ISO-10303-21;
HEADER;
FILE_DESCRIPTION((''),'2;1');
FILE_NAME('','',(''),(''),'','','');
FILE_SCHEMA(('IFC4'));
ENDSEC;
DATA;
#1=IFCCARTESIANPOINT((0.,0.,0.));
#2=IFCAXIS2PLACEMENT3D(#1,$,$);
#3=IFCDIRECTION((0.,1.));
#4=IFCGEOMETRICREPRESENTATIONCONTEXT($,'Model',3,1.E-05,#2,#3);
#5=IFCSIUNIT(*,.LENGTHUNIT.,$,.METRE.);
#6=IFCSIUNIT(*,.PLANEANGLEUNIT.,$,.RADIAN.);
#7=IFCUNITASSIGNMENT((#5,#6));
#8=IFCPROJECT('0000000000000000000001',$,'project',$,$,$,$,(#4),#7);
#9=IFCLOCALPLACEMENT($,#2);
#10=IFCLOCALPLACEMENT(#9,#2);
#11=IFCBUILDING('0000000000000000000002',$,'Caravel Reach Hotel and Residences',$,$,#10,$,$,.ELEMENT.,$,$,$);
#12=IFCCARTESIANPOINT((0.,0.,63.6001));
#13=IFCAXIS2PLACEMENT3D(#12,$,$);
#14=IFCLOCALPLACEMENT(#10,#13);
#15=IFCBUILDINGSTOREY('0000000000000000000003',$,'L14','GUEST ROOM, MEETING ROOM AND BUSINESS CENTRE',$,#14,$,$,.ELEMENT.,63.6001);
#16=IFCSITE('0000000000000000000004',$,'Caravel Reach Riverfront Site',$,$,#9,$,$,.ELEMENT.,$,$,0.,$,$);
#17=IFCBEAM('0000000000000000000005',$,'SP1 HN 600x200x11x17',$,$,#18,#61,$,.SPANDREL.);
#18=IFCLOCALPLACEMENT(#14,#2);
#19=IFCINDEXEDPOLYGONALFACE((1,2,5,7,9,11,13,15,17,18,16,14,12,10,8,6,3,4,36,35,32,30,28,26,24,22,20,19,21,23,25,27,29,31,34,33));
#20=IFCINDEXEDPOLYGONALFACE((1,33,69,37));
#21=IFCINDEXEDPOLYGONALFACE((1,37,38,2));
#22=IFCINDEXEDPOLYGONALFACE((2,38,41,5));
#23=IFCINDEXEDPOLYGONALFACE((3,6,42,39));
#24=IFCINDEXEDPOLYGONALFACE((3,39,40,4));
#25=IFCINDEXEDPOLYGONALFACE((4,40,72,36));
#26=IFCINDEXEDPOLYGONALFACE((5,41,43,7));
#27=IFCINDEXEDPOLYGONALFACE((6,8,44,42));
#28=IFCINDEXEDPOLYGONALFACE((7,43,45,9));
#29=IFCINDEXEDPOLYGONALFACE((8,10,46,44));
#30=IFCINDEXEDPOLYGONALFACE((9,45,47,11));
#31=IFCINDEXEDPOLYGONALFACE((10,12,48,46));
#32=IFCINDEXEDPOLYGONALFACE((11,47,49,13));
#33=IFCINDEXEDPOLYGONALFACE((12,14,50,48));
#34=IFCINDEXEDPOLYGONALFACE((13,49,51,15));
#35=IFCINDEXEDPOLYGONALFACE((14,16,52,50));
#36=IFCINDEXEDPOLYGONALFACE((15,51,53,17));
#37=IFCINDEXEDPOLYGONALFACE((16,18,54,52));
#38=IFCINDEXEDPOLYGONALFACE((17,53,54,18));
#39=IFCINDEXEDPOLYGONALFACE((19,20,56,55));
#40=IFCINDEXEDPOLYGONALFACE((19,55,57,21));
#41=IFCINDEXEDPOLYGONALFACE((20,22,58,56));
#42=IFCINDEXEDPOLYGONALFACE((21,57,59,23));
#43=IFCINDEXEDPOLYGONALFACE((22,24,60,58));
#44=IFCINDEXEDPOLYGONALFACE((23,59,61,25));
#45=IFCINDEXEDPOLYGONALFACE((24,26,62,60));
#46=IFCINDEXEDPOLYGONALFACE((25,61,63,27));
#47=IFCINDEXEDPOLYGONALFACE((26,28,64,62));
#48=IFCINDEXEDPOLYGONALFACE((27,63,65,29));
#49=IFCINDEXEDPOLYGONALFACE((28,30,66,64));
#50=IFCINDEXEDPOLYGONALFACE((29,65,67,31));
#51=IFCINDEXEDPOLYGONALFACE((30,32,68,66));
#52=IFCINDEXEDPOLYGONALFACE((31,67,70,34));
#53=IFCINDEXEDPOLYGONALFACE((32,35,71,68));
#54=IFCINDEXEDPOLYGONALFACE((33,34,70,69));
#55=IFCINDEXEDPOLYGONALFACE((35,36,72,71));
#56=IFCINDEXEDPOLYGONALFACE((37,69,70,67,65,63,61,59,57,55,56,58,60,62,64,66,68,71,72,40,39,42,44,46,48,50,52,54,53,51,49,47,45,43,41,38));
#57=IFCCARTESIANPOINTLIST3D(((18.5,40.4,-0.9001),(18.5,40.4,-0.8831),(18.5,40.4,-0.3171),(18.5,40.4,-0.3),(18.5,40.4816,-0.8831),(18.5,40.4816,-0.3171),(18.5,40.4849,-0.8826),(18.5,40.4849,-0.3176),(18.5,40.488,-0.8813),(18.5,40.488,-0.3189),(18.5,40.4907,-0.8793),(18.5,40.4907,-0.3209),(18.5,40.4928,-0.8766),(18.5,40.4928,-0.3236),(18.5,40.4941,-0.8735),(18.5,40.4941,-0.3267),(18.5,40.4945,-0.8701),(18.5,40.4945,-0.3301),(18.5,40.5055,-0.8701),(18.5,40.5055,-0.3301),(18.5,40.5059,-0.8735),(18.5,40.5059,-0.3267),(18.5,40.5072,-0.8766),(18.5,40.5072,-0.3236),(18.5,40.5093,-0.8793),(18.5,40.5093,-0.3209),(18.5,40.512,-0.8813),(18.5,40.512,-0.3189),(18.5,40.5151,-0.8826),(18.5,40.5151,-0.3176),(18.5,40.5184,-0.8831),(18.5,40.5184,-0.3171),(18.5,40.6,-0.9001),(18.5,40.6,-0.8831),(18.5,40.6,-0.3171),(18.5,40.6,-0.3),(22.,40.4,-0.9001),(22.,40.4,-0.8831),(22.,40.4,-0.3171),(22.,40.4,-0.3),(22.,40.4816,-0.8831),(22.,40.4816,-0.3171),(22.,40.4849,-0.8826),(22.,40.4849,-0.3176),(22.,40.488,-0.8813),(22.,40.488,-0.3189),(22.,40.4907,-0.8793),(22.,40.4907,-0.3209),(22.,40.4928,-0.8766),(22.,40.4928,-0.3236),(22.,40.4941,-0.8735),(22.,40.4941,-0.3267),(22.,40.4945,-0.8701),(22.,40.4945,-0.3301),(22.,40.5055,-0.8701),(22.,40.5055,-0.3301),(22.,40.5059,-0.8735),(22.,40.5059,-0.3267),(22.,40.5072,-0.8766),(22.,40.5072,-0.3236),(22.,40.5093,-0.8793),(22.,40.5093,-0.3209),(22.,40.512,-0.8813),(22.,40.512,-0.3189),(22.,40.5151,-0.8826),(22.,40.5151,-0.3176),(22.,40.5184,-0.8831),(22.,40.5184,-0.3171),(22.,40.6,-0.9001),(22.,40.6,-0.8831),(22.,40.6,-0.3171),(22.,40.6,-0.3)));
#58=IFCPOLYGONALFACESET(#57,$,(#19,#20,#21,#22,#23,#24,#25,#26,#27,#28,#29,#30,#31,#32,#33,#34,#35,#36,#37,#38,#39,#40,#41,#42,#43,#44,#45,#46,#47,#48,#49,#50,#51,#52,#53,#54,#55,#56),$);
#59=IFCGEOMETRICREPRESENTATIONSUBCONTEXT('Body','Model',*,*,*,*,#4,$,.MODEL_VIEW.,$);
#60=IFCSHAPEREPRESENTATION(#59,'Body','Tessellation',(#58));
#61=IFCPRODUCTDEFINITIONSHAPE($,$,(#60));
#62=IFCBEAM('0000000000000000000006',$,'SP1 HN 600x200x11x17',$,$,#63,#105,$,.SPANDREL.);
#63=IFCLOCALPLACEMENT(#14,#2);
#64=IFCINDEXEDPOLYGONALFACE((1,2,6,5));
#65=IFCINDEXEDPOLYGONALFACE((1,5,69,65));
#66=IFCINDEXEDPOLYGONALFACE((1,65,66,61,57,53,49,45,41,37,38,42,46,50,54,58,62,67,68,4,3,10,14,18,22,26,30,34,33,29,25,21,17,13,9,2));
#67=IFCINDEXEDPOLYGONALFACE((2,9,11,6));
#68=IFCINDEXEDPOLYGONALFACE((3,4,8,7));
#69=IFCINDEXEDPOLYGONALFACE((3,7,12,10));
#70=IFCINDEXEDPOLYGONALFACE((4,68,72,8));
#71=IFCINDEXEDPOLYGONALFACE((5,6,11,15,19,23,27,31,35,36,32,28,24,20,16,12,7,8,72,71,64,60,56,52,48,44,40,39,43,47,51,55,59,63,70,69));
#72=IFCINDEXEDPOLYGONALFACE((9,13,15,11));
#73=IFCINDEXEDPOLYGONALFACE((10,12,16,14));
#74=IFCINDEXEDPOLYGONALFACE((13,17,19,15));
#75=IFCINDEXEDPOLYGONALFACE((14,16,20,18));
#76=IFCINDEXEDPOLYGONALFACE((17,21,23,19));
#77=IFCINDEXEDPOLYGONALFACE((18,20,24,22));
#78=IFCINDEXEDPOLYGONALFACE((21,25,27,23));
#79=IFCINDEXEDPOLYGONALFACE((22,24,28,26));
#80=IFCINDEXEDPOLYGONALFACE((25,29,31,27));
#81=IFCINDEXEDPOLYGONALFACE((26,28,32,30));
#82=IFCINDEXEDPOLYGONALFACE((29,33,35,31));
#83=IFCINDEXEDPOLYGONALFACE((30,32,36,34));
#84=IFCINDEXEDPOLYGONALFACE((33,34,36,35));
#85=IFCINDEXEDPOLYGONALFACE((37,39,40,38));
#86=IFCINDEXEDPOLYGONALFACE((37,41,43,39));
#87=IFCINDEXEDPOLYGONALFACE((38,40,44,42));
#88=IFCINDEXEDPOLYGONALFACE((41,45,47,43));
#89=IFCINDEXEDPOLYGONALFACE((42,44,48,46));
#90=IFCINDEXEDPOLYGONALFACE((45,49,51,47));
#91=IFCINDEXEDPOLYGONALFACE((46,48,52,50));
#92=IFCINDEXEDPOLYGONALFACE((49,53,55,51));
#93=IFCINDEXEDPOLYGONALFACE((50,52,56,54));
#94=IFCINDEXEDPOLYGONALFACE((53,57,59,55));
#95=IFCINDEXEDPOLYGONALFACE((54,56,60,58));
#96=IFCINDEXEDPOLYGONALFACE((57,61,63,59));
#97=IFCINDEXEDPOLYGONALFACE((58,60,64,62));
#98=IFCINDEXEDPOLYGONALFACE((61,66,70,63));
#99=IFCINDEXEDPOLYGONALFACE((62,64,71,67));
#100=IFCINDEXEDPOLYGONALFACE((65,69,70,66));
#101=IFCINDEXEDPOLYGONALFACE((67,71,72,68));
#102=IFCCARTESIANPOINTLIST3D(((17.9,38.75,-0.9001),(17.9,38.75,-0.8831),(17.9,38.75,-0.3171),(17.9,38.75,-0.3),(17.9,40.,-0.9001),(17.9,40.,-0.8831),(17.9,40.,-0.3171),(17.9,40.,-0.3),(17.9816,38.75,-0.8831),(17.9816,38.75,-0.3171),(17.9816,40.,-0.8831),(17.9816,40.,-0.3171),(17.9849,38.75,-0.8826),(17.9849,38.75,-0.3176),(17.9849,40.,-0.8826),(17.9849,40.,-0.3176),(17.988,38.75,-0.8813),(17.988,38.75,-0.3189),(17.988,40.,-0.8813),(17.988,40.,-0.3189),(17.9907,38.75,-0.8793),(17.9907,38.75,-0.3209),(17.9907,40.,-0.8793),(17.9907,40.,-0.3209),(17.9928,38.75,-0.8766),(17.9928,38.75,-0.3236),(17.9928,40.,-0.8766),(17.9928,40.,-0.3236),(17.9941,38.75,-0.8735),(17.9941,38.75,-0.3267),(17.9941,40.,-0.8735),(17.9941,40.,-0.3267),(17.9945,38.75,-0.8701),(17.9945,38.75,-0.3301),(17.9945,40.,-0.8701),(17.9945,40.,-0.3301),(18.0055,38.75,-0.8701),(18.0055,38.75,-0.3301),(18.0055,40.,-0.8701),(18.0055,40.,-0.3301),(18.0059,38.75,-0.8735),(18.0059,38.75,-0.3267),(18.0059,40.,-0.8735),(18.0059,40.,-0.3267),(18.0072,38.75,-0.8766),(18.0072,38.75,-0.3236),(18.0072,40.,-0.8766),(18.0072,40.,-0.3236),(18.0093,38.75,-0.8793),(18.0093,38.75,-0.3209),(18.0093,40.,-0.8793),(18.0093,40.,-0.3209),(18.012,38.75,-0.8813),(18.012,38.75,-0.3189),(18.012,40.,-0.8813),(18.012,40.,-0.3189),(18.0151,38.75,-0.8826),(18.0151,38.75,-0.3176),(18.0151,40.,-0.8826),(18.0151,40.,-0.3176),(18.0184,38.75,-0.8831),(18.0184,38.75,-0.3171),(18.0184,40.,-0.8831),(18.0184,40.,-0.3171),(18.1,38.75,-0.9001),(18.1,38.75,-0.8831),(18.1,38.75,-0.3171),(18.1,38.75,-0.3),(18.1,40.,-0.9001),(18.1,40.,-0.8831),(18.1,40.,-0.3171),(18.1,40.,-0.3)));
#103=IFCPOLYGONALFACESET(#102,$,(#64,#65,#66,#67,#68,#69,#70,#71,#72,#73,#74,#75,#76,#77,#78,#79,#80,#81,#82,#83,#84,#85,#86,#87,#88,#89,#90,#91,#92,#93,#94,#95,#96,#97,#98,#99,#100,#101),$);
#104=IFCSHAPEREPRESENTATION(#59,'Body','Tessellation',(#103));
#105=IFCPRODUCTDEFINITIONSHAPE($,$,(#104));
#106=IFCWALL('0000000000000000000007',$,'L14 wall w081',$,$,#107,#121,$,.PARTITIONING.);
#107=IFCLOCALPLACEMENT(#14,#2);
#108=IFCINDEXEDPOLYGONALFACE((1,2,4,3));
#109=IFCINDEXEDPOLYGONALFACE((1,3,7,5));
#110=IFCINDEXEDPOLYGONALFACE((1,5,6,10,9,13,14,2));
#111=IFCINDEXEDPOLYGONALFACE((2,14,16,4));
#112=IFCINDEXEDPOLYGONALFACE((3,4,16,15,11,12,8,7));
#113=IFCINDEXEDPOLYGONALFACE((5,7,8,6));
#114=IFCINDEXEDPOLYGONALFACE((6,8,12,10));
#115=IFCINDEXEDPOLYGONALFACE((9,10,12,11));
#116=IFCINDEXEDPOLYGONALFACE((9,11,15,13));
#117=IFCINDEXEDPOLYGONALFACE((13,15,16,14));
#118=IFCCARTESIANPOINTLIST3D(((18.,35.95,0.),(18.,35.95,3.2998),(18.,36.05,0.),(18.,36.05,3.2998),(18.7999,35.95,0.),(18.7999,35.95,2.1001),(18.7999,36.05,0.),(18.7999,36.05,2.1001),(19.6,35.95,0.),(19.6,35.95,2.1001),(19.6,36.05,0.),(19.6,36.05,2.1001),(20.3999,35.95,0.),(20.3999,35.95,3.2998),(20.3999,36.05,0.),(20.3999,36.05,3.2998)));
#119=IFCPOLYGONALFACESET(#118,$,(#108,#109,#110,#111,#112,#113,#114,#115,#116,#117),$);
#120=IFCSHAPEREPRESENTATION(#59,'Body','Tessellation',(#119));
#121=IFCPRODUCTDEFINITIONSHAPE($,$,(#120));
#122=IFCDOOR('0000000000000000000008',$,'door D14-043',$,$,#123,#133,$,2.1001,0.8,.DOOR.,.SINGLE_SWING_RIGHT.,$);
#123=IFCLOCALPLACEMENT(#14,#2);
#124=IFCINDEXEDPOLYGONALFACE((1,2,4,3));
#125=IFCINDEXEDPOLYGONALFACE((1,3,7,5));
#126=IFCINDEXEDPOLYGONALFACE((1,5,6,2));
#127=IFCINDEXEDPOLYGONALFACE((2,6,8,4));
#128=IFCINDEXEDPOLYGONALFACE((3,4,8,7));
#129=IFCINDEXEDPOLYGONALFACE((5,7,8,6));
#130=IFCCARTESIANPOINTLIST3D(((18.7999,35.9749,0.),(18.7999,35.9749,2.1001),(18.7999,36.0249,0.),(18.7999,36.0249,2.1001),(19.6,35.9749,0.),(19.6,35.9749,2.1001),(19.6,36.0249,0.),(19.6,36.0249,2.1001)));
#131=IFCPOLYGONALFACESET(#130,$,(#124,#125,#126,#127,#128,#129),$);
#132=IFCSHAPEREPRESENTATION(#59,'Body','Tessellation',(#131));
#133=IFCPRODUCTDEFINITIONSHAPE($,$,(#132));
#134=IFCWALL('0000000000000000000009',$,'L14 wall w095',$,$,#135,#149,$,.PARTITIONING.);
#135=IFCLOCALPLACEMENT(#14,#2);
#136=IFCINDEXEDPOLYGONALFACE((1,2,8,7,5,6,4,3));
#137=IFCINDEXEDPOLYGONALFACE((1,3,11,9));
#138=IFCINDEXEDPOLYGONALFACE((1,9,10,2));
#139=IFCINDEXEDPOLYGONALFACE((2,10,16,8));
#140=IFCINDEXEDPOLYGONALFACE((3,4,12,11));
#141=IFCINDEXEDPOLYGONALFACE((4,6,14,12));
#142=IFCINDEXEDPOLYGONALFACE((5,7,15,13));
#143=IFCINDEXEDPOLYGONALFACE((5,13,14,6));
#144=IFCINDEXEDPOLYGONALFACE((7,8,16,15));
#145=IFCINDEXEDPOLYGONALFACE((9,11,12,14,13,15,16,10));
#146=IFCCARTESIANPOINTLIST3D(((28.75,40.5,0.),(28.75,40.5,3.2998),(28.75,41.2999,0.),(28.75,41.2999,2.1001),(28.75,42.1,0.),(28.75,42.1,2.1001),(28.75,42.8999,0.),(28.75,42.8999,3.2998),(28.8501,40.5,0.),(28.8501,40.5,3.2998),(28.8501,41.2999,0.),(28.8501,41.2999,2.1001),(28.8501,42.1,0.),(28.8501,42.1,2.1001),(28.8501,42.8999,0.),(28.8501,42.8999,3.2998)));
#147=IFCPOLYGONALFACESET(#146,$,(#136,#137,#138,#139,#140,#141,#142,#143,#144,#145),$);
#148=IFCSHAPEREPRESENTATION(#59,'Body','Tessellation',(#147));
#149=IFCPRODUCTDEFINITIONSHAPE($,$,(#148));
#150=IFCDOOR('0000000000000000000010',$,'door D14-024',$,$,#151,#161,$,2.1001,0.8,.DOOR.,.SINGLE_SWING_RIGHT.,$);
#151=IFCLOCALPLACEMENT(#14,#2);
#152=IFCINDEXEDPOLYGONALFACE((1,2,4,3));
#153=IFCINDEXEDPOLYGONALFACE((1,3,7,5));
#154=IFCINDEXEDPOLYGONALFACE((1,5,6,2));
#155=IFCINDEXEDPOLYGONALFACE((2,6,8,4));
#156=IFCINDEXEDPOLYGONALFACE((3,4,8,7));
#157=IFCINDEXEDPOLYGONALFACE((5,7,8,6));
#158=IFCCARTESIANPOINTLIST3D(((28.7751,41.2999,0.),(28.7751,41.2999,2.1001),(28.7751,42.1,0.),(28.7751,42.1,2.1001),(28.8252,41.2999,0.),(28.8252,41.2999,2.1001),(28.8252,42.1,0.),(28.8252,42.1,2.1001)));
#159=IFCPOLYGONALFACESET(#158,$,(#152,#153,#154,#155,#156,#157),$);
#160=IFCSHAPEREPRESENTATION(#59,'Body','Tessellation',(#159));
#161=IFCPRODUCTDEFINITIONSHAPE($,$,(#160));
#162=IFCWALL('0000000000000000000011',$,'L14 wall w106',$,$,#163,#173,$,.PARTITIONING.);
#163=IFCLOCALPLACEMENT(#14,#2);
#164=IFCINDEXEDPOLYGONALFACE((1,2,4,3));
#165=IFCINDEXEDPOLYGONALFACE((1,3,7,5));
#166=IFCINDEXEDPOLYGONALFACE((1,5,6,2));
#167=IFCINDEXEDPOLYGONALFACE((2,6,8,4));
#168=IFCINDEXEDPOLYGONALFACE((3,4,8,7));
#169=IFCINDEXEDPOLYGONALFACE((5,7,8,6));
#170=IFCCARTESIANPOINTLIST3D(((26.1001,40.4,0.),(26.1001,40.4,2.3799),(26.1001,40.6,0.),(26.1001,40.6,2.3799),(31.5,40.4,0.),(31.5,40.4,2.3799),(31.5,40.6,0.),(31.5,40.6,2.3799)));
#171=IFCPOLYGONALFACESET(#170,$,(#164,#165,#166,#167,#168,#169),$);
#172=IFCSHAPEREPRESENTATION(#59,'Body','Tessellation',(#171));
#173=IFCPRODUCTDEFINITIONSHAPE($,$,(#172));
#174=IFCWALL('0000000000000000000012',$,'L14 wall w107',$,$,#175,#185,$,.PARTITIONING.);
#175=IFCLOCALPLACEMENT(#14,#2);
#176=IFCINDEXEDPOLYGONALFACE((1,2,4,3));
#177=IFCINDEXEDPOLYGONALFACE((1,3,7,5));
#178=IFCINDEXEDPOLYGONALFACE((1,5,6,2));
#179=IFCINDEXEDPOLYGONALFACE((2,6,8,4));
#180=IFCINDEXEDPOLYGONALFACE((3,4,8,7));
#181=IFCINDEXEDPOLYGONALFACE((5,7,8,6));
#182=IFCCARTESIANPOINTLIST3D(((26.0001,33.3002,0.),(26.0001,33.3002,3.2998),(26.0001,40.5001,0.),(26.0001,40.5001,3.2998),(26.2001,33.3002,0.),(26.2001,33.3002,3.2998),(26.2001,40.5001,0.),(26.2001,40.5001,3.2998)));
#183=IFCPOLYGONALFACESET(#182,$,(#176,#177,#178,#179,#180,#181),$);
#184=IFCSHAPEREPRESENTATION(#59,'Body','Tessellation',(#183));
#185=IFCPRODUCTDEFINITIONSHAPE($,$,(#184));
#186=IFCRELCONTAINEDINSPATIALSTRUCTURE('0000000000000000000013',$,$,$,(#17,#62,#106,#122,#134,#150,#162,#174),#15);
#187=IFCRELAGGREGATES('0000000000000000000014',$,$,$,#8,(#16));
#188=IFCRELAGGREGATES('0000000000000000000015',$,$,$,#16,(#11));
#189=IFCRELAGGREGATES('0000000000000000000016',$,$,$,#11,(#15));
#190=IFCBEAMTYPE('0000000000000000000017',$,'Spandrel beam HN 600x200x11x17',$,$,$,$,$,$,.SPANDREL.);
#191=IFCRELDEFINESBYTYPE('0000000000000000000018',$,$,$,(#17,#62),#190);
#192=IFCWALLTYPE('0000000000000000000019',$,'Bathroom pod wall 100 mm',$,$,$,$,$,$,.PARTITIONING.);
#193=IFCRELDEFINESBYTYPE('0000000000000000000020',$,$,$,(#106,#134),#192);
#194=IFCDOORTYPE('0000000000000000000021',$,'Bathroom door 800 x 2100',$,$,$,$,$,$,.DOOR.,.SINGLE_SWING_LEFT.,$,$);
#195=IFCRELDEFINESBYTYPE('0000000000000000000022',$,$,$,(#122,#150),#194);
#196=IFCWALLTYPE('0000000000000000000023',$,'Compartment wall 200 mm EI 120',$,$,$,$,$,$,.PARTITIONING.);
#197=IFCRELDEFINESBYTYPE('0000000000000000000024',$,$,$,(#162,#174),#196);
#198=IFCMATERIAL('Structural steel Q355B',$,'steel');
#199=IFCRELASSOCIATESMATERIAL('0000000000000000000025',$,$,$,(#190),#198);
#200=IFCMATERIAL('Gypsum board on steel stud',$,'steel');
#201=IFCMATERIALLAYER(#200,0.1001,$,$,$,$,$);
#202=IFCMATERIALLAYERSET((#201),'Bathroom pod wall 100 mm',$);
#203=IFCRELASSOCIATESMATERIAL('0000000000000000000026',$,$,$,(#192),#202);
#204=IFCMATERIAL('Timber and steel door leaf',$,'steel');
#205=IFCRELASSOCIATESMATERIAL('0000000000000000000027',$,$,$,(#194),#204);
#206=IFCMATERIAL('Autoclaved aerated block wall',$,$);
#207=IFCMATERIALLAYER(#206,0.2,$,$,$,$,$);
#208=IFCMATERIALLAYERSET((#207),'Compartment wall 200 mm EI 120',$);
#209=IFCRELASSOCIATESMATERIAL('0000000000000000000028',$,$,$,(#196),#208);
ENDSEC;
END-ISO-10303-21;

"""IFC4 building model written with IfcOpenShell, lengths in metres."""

from ifc_helpers import new_model, si_unit, direction, frame, frame_2d, origin, origin_2d, place, context, subcontext, project, spatial, rectangle, i_section, extrude, material, layer, layer_set, material_profile, profile_set, type_object, element, fill, save


model = new_model("IFC4")

# Units and contexts
model_context = context("Model", 3, precision=1e-05, world=origin(), true_north=direction((0.0, 1.0)))
body_context = subcontext(model_context, "Body", "Model", "MODEL_VIEW")
ifc_project = project(units=[si_unit("LENGTHUNIT", "METRE"), si_unit("PLANEANGLEUNIT", "RADIAN")], contexts=[model_context])

# Site, building, storey
site_placement = place(None, origin())
site = spatial("IfcSite", under=ifc_project, at=site_placement, Name="Caravel Reach Riverfront Site", CompositionType="ELEMENT", RefElevation=0.0)
building_placement = place(site_placement, origin())
building = spatial("IfcBuilding", under=site, at=building_placement, Name="Caravel Reach Hotel and Residences", CompositionType="ELEMENT")
storey_placement = place(building_placement, frame((0.0, 0.0, 63.6001)))
storey = spatial("IfcBuildingStorey", under=building, at=storey_placement, Name="L14", Description="GUEST ROOM, MEETING ROOM AND BUSINESS CENTRE", CompositionType="ELEMENT", Elevation=63.6001)

# Beams
ifc_material_1 = material(Name="Structural steel Q355B", Category="steel")
ifc_material_profile_1 = material_profile(ifc_material_1, i_section(OverallWidth=0.2, OverallDepth=0.6001, WebThickness=0.011, FlangeThickness=0.0171, FilletRadius=0.0129, at=origin_2d()), Name="HN 600x200x11x17")
ifc_profile_set_1 = profile_set([ifc_material_profile_1], Name="Structural steel Q355B")
beam_type_1 = type_object("IfcBeamType", Name="Spandrel beam HN 600x200x11x17", PredefinedType="SPANDREL", material=ifc_profile_set_1)
beam_1_placement = place(storey_placement, frame((22.0, 40.5, -0.6001), z_axis=(-1.0, 0.0, 0.0), x_axis=(0.0, -1.0, 0.0)))
element("IfcBeam", 1, at=beam_1_placement, inside=storey, type_object=beam_type_1, Name="SP1 HN 600x200x11x17", PredefinedType="SPANDREL", context=body_context, shape_type="SweptSolid", body=[
    extrude(i_section(OverallWidth=0.2, OverallDepth=0.6001, WebThickness=0.011, FlangeThickness=0.0171, FilletRadius=0.0129, at=origin_2d()), origin(), (0.0, 0.0, 1.0), 3.5),
])
beam_2_placement = place(storey_placement, frame((18.0, 40.0, -0.6001), z_axis=(0.0, -1.0, 0.0), x_axis=(1.0, 0.0, 0.0)))
element("IfcBeam", 2, at=beam_2_placement, inside=storey, type_object=beam_type_1, Name="SP1 HN 600x200x11x17", PredefinedType="SPANDREL", context=body_context, shape_type="SweptSolid", body=[
    extrude(i_section(OverallWidth=0.2, OverallDepth=0.6001, WebThickness=0.011, FlangeThickness=0.0171, FilletRadius=0.0129, at=origin_2d()), origin(), (0.0, 0.0, 1.0), 1.25),
])

# Walls, openings, doors
ifc_material_2 = material(Name="Gypsum board on steel stud", Category="steel")
ifc_layer_1 = layer(ifc_material_2, 0.1001)
ifc_layer_set_1 = layer_set([ifc_layer_1], Name="Bathroom pod wall 100 mm")
wall_type_1 = type_object("IfcWallType", Name="Bathroom pod wall 100 mm", PredefinedType="PARTITIONING", material=ifc_layer_set_1)
wall_1_placement = place(storey_placement, frame((18.0, 36.0, 0.0), z_axis=(0.0, 0.0, 1.0), x_axis=(1.0, 0.0, 0.0)))
wall_1 = element("IfcWall", 3, at=wall_1_placement, inside=storey, type_object=wall_type_1, Name="L14 wall w081", PredefinedType="PARTITIONING", context=body_context, shape_type="SweptSolid", body=[
    extrude(rectangle(XDim=2.3999, YDim=0.1001, at=frame_2d((1.2, 0.0))), origin(), (0.0, 0.0, 1.0), 3.2998),
])
opening_1_placement = place(wall_1_placement, frame((0.8, 0.0, 0.0)))
opening_1 = element("IfcOpeningElement", 4, at=opening_1_placement, cuts=wall_1, PredefinedType="OPENING", context=body_context, shape_type="SweptSolid", body=[
    extrude(rectangle(XDim=0.8, YDim=2.1001, at=frame_2d((0.3999, 1.05))), frame((0.0, 0.0601, 0.0), z_axis=(0.0, -1.0, 0.0), x_axis=(1.0, 0.0, 0.0)), (0.0, 0.0, 1.0), 0.1201),
])
ifc_material_3 = material(Name="Timber and steel door leaf", Category="steel")
door_type = type_object("IfcDoorType", Name="Bathroom door 800 x 2100", OperationType="SINGLE_SWING_LEFT", PredefinedType="DOOR", material=ifc_material_3)
door_1_placement = place(opening_1_placement, origin())
door_1 = element("IfcDoor", 5, at=door_1_placement, inside=storey, type_object=door_type, Name="door D14-043", OperationType="SINGLE_SWING_RIGHT", OverallHeight=2.1001, OverallWidth=0.8, PredefinedType="DOOR", context=body_context, shape_type="SweptSolid", body=[
    extrude(rectangle(XDim=0.8, YDim=2.1001, at=frame_2d((0.3999, 1.05))), frame((0.0, 0.0249, 0.0), z_axis=(0.0, -1.0, 0.0), x_axis=(1.0, 0.0, 0.0)), (0.0, 0.0, 1.0), 0.05),
])
fill(opening_1, door_1)
wall_2_placement = place(storey_placement, frame((28.8, 40.5, 0.0), z_axis=(0.0, 0.0, 1.0), x_axis=(0.0, 1.0, 0.0)))
wall_2 = element("IfcWall", 6, at=wall_2_placement, inside=storey, type_object=wall_type_1, Name="L14 wall w095", PredefinedType="PARTITIONING", context=body_context, shape_type="SweptSolid", body=[
    extrude(rectangle(XDim=2.3999, YDim=0.1001, at=frame_2d((1.2, 0.0))), origin(), (0.0, 0.0, 1.0), 3.2998),
])
opening_2_placement = place(wall_2_placement, frame((0.8, 0.0, 0.0)))
opening_2 = element("IfcOpeningElement", 7, at=opening_2_placement, cuts=wall_2, PredefinedType="OPENING", context=body_context, shape_type="SweptSolid", body=[
    extrude(rectangle(XDim=0.8, YDim=2.1001, at=frame_2d((0.3999, 1.05))), frame((0.0, 0.0601, 0.0), z_axis=(0.0, -1.0, 0.0), x_axis=(1.0, 0.0, 0.0)), (0.0, 0.0, 1.0), 0.1201),
])
door_2_placement = place(opening_2_placement, origin())
door_2 = element("IfcDoor", 8, at=door_2_placement, inside=storey, type_object=door_type, Name="door D14-024", OperationType="SINGLE_SWING_RIGHT", OverallHeight=2.1001, OverallWidth=0.8, PredefinedType="DOOR", context=body_context, shape_type="SweptSolid", body=[
    extrude(rectangle(XDim=0.8, YDim=2.1001, at=frame_2d((0.3999, 1.05))), frame((0.0, 0.0249, 0.0), z_axis=(0.0, -1.0, 0.0), x_axis=(1.0, 0.0, 0.0)), (0.0, 0.0, 1.0), 0.05),
])
fill(opening_2, door_2)

# Walls
ifc_material_4 = material(Name="Autoclaved aerated block wall")
ifc_layer_2 = layer(ifc_material_4, 0.2)
ifc_layer_set_2 = layer_set([ifc_layer_2], Name="Compartment wall 200 mm EI 120")
wall_type_2 = type_object("IfcWallType", Name="Compartment wall 200 mm EI 120", PredefinedType="PARTITIONING", material=ifc_layer_set_2)
wall_3_placement = place(storey_placement, frame((26.1001, 40.5, 0.0), z_axis=(0.0, 0.0, 1.0), x_axis=(1.0, 0.0, 0.0)))
element("IfcWall", 9, at=wall_3_placement, inside=storey, type_object=wall_type_2, Name="L14 wall w106", PredefinedType="PARTITIONING", context=body_context, shape_type="SweptSolid", body=[
    extrude(rectangle(XDim=5.3999, YDim=0.2, at=frame_2d((2.7, 0.0))), origin(), (0.0, 0.0, 1.0), 2.3799),
])
wall_4_placement = place(storey_placement, frame((26.1001, 33.3, 0.0), z_axis=(0.0, 0.0, 1.0), x_axis=(0.0, 1.0, 0.0)))
element("IfcWall", 10, at=wall_4_placement, inside=storey, type_object=wall_type_2, Name="L14 wall w107", PredefinedType="PARTITIONING", context=body_context, shape_type="SweptSolid", body=[
    extrude(rectangle(XDim=7.2, YDim=0.2, at=frame_2d((3.6001, 0.0))), origin(), (0.0, 0.0, 1.0), 3.2998),
])

save(model, "model.ifc")
